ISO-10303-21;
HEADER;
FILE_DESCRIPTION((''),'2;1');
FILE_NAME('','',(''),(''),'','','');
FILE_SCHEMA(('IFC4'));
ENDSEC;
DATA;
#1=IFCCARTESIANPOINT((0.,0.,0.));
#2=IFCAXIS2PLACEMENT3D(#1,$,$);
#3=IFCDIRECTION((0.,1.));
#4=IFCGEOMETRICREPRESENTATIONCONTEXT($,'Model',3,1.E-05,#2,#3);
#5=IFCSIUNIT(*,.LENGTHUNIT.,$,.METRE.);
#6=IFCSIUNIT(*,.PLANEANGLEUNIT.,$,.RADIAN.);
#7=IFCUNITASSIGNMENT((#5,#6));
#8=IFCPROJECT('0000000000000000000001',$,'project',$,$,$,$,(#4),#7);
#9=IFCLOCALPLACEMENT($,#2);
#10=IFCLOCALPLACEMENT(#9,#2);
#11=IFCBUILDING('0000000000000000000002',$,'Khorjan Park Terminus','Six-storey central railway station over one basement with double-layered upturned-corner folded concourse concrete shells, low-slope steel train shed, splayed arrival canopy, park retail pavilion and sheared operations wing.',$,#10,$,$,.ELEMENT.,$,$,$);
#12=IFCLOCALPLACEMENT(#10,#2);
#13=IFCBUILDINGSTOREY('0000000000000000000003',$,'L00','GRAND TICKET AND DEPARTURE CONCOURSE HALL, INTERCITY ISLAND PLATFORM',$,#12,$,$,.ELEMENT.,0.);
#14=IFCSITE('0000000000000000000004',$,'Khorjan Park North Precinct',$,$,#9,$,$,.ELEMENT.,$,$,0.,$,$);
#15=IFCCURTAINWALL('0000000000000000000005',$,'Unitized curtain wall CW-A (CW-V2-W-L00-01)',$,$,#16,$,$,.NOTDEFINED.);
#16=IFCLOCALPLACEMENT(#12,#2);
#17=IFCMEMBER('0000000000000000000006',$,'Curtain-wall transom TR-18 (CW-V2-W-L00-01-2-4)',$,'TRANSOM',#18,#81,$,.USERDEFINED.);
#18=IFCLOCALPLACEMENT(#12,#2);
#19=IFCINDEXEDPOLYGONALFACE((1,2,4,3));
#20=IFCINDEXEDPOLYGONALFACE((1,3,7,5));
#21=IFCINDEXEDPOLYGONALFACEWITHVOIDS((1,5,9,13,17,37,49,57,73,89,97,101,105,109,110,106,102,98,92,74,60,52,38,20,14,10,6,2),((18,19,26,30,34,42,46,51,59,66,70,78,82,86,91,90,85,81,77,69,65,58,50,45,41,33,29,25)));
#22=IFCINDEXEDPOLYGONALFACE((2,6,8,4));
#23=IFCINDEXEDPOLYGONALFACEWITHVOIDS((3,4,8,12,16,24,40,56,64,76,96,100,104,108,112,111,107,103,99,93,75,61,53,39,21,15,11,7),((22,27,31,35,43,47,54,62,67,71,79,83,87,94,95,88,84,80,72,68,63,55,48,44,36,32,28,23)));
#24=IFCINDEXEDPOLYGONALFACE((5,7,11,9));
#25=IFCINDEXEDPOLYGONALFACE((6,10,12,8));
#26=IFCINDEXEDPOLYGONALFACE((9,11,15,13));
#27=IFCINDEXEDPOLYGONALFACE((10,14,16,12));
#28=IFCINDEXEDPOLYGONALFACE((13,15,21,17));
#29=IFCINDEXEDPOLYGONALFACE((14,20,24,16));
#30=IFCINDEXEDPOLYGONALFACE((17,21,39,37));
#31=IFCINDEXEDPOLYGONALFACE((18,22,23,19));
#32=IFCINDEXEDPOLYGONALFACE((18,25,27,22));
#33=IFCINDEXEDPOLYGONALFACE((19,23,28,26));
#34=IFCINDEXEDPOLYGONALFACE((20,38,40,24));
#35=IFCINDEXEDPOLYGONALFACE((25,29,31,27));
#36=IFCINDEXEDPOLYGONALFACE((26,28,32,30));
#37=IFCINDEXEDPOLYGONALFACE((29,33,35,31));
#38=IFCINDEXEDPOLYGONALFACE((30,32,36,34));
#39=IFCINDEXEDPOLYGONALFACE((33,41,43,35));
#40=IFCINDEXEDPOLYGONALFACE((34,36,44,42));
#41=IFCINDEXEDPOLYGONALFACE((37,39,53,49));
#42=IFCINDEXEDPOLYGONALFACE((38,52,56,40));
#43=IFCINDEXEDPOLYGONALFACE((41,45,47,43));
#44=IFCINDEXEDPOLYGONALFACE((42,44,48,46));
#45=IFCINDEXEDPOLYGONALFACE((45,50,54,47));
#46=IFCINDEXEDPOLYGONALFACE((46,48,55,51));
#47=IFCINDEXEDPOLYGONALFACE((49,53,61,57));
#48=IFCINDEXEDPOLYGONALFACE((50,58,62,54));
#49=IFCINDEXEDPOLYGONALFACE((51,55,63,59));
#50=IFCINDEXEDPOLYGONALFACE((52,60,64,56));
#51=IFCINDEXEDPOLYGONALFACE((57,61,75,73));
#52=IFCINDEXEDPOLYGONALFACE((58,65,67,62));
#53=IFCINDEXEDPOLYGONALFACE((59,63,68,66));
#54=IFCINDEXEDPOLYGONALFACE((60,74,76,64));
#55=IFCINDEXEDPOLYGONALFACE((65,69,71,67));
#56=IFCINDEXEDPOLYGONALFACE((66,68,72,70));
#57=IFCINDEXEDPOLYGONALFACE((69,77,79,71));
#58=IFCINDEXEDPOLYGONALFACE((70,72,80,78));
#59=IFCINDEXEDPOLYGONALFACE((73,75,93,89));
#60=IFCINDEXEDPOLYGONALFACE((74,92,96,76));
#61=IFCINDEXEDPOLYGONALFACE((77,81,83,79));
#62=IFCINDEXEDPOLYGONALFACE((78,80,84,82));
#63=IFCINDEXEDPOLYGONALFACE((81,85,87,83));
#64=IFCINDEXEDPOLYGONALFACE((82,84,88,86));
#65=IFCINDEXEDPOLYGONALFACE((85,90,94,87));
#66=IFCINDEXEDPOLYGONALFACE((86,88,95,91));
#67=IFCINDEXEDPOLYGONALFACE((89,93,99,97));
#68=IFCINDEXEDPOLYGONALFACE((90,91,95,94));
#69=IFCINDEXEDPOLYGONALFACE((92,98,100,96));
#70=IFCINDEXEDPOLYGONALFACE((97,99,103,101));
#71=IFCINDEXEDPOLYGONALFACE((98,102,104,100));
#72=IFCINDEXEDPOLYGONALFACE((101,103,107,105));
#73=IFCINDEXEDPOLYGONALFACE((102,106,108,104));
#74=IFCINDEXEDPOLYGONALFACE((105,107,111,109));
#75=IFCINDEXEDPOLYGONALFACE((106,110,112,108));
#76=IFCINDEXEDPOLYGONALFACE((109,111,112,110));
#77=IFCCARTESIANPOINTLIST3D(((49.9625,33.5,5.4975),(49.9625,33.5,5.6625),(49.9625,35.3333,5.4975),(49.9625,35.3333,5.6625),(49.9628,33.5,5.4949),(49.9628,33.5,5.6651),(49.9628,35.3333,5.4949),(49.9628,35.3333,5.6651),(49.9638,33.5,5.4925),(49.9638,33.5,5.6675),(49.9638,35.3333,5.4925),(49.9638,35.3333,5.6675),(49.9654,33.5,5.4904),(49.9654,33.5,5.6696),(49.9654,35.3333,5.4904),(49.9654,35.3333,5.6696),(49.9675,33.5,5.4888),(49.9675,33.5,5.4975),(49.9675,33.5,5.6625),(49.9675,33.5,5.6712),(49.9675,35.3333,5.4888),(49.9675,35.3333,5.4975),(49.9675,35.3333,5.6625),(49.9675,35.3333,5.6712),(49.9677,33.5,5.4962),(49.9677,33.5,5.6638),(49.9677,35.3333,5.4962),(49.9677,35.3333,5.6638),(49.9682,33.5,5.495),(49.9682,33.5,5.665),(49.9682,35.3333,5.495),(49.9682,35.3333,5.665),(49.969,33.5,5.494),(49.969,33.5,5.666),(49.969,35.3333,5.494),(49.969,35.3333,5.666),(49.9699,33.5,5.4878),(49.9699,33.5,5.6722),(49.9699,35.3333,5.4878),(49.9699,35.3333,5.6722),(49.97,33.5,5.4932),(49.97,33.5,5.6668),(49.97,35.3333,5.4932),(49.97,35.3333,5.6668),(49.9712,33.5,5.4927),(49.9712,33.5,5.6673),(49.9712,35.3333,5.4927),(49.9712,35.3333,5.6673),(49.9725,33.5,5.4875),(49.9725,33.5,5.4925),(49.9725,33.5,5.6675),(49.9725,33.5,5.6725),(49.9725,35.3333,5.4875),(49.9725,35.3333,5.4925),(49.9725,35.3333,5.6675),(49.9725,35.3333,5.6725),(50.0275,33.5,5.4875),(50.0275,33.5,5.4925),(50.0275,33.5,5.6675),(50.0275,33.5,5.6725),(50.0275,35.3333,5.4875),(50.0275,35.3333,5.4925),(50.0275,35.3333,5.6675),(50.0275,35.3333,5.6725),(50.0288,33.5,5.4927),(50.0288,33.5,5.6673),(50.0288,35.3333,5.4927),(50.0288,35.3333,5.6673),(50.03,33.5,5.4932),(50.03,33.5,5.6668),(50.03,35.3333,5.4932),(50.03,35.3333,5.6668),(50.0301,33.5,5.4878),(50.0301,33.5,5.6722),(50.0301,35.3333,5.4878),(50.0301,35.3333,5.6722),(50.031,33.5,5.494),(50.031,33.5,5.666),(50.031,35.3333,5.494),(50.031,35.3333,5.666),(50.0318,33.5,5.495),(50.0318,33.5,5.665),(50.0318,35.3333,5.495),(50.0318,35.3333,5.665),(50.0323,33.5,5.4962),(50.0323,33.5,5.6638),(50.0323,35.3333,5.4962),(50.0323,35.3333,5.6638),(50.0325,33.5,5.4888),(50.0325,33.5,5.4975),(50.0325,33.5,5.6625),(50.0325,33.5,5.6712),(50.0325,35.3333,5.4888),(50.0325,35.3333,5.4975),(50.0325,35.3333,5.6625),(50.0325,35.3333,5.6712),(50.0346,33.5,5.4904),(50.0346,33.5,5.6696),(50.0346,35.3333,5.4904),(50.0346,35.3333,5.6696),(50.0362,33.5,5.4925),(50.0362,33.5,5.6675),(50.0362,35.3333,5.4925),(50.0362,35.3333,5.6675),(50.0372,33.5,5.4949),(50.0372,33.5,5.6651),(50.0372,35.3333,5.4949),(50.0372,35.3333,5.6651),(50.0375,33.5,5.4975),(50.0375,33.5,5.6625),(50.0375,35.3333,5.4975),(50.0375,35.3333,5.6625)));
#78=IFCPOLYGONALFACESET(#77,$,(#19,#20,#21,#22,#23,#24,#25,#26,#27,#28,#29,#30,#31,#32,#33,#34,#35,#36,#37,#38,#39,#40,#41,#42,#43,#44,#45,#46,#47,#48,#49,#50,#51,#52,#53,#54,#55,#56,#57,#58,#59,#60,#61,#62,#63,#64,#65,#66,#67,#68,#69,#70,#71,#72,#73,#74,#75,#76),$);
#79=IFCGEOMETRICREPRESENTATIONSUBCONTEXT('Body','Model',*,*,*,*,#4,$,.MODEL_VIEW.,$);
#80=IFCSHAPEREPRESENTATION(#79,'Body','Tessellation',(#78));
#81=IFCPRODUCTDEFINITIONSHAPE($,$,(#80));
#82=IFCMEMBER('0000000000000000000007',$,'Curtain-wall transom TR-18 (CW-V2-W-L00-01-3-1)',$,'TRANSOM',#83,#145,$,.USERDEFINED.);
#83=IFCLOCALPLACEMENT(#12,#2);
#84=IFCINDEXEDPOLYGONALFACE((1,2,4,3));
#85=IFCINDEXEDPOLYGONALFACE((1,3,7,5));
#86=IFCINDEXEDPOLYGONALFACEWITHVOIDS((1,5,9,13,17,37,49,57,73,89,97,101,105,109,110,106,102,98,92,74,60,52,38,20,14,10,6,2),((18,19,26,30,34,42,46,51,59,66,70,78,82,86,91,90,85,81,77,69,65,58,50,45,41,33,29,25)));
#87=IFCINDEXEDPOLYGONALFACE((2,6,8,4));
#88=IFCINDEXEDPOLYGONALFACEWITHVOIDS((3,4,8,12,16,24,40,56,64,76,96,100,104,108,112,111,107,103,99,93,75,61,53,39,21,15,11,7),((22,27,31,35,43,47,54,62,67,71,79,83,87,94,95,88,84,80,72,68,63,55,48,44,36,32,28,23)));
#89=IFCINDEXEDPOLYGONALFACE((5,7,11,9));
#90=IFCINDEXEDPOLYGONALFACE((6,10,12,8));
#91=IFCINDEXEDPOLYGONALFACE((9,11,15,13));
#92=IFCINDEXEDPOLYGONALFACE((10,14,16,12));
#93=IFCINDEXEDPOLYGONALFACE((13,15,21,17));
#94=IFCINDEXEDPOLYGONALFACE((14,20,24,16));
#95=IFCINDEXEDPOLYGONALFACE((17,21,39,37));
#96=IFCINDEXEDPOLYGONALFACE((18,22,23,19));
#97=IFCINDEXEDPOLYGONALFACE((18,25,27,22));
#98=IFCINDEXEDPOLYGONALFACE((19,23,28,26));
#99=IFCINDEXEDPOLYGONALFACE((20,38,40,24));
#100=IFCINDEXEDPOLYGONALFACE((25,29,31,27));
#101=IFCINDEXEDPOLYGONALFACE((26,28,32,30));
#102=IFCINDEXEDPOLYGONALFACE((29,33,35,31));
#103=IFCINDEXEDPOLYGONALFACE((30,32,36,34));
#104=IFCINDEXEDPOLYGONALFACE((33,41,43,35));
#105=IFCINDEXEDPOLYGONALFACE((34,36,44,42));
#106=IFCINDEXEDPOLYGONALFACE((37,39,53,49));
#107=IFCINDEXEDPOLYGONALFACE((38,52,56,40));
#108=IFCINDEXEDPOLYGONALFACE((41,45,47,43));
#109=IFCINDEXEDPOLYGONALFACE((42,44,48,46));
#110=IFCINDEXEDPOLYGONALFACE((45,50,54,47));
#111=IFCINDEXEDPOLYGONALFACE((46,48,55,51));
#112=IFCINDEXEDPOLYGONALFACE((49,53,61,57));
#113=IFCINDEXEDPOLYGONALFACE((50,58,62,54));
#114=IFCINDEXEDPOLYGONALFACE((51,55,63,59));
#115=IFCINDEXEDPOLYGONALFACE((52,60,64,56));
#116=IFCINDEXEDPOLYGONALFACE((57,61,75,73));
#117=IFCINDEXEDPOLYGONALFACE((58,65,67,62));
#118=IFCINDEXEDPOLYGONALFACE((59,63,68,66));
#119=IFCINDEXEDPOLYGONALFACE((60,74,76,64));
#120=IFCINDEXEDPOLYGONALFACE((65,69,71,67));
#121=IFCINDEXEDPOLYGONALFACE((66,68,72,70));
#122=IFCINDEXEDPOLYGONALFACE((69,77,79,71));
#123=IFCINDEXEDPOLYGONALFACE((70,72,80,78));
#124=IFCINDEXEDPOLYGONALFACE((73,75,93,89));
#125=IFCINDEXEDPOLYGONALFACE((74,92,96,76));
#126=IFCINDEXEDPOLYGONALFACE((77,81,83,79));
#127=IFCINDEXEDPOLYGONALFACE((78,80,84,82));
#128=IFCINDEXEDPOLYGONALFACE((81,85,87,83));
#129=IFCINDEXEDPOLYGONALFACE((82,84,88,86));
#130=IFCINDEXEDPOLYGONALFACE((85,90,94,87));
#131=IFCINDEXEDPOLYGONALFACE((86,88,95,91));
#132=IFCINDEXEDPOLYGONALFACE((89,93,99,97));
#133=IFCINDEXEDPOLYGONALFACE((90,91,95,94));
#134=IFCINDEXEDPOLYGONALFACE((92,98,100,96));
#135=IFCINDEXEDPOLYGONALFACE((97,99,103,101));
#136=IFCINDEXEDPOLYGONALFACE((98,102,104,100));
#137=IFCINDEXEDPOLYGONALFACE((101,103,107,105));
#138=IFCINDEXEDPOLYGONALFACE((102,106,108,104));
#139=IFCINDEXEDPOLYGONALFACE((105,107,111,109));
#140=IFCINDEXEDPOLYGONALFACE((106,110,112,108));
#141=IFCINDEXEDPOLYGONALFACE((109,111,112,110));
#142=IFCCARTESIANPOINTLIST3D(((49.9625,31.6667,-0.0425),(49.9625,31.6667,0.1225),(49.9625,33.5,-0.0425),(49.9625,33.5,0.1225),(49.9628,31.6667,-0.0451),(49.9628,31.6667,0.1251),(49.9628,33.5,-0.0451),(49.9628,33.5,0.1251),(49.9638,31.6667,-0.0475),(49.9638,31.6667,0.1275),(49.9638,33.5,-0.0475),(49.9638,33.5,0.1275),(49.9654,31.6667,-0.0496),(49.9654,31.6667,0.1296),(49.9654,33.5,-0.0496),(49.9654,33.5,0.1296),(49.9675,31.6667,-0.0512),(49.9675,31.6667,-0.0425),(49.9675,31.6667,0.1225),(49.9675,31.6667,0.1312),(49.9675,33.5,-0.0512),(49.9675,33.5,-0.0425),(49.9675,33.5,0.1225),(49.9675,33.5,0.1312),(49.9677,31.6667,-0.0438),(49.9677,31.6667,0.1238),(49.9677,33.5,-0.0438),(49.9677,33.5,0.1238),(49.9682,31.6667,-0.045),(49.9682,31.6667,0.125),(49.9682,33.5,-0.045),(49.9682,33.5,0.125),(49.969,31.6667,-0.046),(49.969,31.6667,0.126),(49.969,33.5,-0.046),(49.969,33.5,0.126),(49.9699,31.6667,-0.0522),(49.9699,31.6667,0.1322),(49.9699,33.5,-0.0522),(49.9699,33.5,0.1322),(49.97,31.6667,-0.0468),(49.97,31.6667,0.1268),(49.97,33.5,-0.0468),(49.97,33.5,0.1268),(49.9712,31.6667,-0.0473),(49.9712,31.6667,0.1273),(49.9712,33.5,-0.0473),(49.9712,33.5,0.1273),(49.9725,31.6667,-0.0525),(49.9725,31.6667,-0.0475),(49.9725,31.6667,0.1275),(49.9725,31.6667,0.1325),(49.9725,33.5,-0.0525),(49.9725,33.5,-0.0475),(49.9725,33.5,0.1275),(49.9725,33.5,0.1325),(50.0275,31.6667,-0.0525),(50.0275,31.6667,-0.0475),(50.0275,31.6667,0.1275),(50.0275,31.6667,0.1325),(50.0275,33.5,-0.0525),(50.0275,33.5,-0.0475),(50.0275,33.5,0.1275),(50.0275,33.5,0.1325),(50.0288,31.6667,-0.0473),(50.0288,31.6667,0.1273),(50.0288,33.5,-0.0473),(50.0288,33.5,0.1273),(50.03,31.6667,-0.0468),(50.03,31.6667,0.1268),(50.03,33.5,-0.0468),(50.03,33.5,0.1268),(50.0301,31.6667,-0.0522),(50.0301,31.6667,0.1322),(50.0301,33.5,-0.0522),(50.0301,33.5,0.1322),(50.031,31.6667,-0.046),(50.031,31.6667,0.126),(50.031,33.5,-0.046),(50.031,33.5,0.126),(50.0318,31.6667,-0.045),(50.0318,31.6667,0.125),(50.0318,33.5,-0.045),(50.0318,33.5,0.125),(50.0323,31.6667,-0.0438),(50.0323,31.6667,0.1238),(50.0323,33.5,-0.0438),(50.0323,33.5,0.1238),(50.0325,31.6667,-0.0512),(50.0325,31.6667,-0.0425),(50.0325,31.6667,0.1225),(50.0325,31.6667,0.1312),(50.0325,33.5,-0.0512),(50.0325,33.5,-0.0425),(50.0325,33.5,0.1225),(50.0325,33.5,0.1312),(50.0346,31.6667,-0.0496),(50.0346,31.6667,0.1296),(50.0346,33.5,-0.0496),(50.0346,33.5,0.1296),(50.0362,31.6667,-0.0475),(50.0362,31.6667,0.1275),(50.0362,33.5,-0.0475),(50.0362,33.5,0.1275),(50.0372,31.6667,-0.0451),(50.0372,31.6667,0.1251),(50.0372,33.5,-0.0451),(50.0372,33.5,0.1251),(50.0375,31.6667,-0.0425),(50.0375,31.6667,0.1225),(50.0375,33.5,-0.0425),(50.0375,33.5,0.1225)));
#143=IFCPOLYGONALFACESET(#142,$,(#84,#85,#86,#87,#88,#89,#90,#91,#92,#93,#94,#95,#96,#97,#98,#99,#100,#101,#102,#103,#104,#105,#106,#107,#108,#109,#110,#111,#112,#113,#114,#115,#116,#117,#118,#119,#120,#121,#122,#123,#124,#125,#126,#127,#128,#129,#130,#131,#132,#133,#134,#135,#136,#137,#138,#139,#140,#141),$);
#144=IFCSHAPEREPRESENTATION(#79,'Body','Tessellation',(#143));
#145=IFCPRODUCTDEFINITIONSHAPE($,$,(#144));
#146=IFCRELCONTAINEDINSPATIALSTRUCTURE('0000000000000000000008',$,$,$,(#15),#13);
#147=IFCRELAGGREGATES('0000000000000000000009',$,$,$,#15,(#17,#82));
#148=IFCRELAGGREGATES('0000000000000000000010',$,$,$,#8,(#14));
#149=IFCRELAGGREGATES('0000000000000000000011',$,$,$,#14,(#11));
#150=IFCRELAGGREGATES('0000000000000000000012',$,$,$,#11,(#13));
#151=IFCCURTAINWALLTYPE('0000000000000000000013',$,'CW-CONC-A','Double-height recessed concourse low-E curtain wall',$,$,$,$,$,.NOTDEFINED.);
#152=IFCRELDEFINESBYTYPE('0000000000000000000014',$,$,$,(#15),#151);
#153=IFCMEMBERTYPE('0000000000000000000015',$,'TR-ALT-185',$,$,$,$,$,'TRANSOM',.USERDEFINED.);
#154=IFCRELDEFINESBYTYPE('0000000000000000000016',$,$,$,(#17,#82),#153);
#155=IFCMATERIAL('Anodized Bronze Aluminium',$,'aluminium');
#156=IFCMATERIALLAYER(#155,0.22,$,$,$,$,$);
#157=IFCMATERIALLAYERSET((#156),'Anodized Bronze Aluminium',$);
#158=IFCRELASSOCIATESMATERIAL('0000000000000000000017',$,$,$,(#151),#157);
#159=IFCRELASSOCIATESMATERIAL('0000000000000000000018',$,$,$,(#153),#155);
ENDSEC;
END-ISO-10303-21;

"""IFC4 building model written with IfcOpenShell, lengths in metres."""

from ifc_helpers import new_model, si_unit, direction, frame, origin, origin_2d, place, context, subcontext, project, spatial, hollow_rectangle, extrude, material, layer, layer_set, material_profile, profile_set, type_object, element, aggregate, save


model = new_model("IFC4")

# Units and contexts
model_context = context("Model", 3, precision=1e-05, world=origin(), true_north=direction((0.0, 1.0)))
body_context = subcontext(model_context, "Body", "Model", "MODEL_VIEW")
ifc_project = project(units=[si_unit("LENGTHUNIT", "METRE"), si_unit("PLANEANGLEUNIT", "RADIAN")], contexts=[model_context])

# Site, building, storey
site_placement = place(None, origin())
site = spatial("IfcSite", under=ifc_project, at=site_placement, Name="Khorjan Park North Precinct", CompositionType="ELEMENT", RefElevation=0.0)
building_placement = place(site_placement, origin())
building = spatial("IfcBuilding", under=site, at=building_placement, Name="Khorjan Park Terminus", Description="Six-storey central railway station over one basement with double-layered upturned-corner folded concourse concrete shells, low-slope steel train shed, splayed arrival canopy, park retail pavilion and sheared operations wing.", CompositionType="ELEMENT")
storey_placement = place(building_placement, origin())
storey = spatial("IfcBuildingStorey", under=building, at=storey_placement, Name="L00", Description="GRAND TICKET AND DEPARTURE CONCOURSE HALL, INTERCITY ISLAND PLATFORM", CompositionType="ELEMENT", Elevation=0.0)

# Curtain wall, members
ifc_material_1 = material(Name="Anodized Bronze Aluminium", Category="aluminium")
ifc_layer_1 = layer(ifc_material_1, 0.22)
ifc_layer_set_1 = layer_set([ifc_layer_1], Name="Anodized Bronze Aluminium")
curtain_wall_type = type_object("IfcCurtainWallType", Name="CW-CONC-A", Description="Double-height recessed concourse low-E curtain wall", PredefinedType="NOTDEFINED", material=ifc_layer_set_1)
curtain_wall_placement = place(storey_placement, origin())
curtain_wall = element("IfcCurtainWall", 1, at=curtain_wall_placement, inside=storey, type_object=curtain_wall_type, Name="Unitized curtain wall CW-A (CW-V2-W-L00-01)", PredefinedType="NOTDEFINED")
ifc_material_profile_1 = material_profile(ifc_material_1, hollow_rectangle(XDim=0.075, YDim=0.185, WallThickness=0.005, InnerFilletRadius=0.005, OuterFilletRadius=0.01, at=origin_2d()), Name="ALT 75x185x5")
ifc_profile_set_1 = profile_set([ifc_material_profile_1], Name="Anodized Bronze Aluminium")
member_type_1 = type_object("IfcMemberType", Name="TR-ALT-185", ElementType="TRANSOM", PredefinedType="USERDEFINED", material=ifc_profile_set_1)
member_1_placement = place(storey_placement, frame((50.0, 35.3333, 5.58), z_axis=(0.0, -1.0, 0.0), x_axis=(1.0, 0.0, 0.0)))
member_1 = element("IfcMember", 2, at=member_1_placement, type_object=member_type_1, Name="Curtain-wall transom TR-18 (CW-V2-W-L00-01-2-4)", ObjectType="TRANSOM", PredefinedType="USERDEFINED", context=body_context, shape_type="SweptSolid", body=[
    extrude(hollow_rectangle(XDim=0.075, YDim=0.185, WallThickness=0.005, InnerFilletRadius=0.005, OuterFilletRadius=0.01, at=origin_2d()), origin(), (0.0, 0.0, 1.0), 1.8333),
])
member_2_placement = place(storey_placement, frame((50.0, 33.5, 0.04), z_axis=(0.0, -1.0, 0.0), x_axis=(1.0, 0.0, 0.0)))
member_2 = element("IfcMember", 3, at=member_2_placement, type_object=member_type_1, Name="Curtain-wall transom TR-18 (CW-V2-W-L00-01-3-1)", ObjectType="TRANSOM", PredefinedType="USERDEFINED", context=body_context, shape_type="SweptSolid", body=[
    extrude(hollow_rectangle(XDim=0.075, YDim=0.185, WallThickness=0.005, InnerFilletRadius=0.005, OuterFilletRadius=0.01, at=origin_2d()), origin(), (0.0, 0.0, 1.0), 1.8333),
])
aggregate(curtain_wall, [member_1, member_2])

save(model, "model.ifc")
